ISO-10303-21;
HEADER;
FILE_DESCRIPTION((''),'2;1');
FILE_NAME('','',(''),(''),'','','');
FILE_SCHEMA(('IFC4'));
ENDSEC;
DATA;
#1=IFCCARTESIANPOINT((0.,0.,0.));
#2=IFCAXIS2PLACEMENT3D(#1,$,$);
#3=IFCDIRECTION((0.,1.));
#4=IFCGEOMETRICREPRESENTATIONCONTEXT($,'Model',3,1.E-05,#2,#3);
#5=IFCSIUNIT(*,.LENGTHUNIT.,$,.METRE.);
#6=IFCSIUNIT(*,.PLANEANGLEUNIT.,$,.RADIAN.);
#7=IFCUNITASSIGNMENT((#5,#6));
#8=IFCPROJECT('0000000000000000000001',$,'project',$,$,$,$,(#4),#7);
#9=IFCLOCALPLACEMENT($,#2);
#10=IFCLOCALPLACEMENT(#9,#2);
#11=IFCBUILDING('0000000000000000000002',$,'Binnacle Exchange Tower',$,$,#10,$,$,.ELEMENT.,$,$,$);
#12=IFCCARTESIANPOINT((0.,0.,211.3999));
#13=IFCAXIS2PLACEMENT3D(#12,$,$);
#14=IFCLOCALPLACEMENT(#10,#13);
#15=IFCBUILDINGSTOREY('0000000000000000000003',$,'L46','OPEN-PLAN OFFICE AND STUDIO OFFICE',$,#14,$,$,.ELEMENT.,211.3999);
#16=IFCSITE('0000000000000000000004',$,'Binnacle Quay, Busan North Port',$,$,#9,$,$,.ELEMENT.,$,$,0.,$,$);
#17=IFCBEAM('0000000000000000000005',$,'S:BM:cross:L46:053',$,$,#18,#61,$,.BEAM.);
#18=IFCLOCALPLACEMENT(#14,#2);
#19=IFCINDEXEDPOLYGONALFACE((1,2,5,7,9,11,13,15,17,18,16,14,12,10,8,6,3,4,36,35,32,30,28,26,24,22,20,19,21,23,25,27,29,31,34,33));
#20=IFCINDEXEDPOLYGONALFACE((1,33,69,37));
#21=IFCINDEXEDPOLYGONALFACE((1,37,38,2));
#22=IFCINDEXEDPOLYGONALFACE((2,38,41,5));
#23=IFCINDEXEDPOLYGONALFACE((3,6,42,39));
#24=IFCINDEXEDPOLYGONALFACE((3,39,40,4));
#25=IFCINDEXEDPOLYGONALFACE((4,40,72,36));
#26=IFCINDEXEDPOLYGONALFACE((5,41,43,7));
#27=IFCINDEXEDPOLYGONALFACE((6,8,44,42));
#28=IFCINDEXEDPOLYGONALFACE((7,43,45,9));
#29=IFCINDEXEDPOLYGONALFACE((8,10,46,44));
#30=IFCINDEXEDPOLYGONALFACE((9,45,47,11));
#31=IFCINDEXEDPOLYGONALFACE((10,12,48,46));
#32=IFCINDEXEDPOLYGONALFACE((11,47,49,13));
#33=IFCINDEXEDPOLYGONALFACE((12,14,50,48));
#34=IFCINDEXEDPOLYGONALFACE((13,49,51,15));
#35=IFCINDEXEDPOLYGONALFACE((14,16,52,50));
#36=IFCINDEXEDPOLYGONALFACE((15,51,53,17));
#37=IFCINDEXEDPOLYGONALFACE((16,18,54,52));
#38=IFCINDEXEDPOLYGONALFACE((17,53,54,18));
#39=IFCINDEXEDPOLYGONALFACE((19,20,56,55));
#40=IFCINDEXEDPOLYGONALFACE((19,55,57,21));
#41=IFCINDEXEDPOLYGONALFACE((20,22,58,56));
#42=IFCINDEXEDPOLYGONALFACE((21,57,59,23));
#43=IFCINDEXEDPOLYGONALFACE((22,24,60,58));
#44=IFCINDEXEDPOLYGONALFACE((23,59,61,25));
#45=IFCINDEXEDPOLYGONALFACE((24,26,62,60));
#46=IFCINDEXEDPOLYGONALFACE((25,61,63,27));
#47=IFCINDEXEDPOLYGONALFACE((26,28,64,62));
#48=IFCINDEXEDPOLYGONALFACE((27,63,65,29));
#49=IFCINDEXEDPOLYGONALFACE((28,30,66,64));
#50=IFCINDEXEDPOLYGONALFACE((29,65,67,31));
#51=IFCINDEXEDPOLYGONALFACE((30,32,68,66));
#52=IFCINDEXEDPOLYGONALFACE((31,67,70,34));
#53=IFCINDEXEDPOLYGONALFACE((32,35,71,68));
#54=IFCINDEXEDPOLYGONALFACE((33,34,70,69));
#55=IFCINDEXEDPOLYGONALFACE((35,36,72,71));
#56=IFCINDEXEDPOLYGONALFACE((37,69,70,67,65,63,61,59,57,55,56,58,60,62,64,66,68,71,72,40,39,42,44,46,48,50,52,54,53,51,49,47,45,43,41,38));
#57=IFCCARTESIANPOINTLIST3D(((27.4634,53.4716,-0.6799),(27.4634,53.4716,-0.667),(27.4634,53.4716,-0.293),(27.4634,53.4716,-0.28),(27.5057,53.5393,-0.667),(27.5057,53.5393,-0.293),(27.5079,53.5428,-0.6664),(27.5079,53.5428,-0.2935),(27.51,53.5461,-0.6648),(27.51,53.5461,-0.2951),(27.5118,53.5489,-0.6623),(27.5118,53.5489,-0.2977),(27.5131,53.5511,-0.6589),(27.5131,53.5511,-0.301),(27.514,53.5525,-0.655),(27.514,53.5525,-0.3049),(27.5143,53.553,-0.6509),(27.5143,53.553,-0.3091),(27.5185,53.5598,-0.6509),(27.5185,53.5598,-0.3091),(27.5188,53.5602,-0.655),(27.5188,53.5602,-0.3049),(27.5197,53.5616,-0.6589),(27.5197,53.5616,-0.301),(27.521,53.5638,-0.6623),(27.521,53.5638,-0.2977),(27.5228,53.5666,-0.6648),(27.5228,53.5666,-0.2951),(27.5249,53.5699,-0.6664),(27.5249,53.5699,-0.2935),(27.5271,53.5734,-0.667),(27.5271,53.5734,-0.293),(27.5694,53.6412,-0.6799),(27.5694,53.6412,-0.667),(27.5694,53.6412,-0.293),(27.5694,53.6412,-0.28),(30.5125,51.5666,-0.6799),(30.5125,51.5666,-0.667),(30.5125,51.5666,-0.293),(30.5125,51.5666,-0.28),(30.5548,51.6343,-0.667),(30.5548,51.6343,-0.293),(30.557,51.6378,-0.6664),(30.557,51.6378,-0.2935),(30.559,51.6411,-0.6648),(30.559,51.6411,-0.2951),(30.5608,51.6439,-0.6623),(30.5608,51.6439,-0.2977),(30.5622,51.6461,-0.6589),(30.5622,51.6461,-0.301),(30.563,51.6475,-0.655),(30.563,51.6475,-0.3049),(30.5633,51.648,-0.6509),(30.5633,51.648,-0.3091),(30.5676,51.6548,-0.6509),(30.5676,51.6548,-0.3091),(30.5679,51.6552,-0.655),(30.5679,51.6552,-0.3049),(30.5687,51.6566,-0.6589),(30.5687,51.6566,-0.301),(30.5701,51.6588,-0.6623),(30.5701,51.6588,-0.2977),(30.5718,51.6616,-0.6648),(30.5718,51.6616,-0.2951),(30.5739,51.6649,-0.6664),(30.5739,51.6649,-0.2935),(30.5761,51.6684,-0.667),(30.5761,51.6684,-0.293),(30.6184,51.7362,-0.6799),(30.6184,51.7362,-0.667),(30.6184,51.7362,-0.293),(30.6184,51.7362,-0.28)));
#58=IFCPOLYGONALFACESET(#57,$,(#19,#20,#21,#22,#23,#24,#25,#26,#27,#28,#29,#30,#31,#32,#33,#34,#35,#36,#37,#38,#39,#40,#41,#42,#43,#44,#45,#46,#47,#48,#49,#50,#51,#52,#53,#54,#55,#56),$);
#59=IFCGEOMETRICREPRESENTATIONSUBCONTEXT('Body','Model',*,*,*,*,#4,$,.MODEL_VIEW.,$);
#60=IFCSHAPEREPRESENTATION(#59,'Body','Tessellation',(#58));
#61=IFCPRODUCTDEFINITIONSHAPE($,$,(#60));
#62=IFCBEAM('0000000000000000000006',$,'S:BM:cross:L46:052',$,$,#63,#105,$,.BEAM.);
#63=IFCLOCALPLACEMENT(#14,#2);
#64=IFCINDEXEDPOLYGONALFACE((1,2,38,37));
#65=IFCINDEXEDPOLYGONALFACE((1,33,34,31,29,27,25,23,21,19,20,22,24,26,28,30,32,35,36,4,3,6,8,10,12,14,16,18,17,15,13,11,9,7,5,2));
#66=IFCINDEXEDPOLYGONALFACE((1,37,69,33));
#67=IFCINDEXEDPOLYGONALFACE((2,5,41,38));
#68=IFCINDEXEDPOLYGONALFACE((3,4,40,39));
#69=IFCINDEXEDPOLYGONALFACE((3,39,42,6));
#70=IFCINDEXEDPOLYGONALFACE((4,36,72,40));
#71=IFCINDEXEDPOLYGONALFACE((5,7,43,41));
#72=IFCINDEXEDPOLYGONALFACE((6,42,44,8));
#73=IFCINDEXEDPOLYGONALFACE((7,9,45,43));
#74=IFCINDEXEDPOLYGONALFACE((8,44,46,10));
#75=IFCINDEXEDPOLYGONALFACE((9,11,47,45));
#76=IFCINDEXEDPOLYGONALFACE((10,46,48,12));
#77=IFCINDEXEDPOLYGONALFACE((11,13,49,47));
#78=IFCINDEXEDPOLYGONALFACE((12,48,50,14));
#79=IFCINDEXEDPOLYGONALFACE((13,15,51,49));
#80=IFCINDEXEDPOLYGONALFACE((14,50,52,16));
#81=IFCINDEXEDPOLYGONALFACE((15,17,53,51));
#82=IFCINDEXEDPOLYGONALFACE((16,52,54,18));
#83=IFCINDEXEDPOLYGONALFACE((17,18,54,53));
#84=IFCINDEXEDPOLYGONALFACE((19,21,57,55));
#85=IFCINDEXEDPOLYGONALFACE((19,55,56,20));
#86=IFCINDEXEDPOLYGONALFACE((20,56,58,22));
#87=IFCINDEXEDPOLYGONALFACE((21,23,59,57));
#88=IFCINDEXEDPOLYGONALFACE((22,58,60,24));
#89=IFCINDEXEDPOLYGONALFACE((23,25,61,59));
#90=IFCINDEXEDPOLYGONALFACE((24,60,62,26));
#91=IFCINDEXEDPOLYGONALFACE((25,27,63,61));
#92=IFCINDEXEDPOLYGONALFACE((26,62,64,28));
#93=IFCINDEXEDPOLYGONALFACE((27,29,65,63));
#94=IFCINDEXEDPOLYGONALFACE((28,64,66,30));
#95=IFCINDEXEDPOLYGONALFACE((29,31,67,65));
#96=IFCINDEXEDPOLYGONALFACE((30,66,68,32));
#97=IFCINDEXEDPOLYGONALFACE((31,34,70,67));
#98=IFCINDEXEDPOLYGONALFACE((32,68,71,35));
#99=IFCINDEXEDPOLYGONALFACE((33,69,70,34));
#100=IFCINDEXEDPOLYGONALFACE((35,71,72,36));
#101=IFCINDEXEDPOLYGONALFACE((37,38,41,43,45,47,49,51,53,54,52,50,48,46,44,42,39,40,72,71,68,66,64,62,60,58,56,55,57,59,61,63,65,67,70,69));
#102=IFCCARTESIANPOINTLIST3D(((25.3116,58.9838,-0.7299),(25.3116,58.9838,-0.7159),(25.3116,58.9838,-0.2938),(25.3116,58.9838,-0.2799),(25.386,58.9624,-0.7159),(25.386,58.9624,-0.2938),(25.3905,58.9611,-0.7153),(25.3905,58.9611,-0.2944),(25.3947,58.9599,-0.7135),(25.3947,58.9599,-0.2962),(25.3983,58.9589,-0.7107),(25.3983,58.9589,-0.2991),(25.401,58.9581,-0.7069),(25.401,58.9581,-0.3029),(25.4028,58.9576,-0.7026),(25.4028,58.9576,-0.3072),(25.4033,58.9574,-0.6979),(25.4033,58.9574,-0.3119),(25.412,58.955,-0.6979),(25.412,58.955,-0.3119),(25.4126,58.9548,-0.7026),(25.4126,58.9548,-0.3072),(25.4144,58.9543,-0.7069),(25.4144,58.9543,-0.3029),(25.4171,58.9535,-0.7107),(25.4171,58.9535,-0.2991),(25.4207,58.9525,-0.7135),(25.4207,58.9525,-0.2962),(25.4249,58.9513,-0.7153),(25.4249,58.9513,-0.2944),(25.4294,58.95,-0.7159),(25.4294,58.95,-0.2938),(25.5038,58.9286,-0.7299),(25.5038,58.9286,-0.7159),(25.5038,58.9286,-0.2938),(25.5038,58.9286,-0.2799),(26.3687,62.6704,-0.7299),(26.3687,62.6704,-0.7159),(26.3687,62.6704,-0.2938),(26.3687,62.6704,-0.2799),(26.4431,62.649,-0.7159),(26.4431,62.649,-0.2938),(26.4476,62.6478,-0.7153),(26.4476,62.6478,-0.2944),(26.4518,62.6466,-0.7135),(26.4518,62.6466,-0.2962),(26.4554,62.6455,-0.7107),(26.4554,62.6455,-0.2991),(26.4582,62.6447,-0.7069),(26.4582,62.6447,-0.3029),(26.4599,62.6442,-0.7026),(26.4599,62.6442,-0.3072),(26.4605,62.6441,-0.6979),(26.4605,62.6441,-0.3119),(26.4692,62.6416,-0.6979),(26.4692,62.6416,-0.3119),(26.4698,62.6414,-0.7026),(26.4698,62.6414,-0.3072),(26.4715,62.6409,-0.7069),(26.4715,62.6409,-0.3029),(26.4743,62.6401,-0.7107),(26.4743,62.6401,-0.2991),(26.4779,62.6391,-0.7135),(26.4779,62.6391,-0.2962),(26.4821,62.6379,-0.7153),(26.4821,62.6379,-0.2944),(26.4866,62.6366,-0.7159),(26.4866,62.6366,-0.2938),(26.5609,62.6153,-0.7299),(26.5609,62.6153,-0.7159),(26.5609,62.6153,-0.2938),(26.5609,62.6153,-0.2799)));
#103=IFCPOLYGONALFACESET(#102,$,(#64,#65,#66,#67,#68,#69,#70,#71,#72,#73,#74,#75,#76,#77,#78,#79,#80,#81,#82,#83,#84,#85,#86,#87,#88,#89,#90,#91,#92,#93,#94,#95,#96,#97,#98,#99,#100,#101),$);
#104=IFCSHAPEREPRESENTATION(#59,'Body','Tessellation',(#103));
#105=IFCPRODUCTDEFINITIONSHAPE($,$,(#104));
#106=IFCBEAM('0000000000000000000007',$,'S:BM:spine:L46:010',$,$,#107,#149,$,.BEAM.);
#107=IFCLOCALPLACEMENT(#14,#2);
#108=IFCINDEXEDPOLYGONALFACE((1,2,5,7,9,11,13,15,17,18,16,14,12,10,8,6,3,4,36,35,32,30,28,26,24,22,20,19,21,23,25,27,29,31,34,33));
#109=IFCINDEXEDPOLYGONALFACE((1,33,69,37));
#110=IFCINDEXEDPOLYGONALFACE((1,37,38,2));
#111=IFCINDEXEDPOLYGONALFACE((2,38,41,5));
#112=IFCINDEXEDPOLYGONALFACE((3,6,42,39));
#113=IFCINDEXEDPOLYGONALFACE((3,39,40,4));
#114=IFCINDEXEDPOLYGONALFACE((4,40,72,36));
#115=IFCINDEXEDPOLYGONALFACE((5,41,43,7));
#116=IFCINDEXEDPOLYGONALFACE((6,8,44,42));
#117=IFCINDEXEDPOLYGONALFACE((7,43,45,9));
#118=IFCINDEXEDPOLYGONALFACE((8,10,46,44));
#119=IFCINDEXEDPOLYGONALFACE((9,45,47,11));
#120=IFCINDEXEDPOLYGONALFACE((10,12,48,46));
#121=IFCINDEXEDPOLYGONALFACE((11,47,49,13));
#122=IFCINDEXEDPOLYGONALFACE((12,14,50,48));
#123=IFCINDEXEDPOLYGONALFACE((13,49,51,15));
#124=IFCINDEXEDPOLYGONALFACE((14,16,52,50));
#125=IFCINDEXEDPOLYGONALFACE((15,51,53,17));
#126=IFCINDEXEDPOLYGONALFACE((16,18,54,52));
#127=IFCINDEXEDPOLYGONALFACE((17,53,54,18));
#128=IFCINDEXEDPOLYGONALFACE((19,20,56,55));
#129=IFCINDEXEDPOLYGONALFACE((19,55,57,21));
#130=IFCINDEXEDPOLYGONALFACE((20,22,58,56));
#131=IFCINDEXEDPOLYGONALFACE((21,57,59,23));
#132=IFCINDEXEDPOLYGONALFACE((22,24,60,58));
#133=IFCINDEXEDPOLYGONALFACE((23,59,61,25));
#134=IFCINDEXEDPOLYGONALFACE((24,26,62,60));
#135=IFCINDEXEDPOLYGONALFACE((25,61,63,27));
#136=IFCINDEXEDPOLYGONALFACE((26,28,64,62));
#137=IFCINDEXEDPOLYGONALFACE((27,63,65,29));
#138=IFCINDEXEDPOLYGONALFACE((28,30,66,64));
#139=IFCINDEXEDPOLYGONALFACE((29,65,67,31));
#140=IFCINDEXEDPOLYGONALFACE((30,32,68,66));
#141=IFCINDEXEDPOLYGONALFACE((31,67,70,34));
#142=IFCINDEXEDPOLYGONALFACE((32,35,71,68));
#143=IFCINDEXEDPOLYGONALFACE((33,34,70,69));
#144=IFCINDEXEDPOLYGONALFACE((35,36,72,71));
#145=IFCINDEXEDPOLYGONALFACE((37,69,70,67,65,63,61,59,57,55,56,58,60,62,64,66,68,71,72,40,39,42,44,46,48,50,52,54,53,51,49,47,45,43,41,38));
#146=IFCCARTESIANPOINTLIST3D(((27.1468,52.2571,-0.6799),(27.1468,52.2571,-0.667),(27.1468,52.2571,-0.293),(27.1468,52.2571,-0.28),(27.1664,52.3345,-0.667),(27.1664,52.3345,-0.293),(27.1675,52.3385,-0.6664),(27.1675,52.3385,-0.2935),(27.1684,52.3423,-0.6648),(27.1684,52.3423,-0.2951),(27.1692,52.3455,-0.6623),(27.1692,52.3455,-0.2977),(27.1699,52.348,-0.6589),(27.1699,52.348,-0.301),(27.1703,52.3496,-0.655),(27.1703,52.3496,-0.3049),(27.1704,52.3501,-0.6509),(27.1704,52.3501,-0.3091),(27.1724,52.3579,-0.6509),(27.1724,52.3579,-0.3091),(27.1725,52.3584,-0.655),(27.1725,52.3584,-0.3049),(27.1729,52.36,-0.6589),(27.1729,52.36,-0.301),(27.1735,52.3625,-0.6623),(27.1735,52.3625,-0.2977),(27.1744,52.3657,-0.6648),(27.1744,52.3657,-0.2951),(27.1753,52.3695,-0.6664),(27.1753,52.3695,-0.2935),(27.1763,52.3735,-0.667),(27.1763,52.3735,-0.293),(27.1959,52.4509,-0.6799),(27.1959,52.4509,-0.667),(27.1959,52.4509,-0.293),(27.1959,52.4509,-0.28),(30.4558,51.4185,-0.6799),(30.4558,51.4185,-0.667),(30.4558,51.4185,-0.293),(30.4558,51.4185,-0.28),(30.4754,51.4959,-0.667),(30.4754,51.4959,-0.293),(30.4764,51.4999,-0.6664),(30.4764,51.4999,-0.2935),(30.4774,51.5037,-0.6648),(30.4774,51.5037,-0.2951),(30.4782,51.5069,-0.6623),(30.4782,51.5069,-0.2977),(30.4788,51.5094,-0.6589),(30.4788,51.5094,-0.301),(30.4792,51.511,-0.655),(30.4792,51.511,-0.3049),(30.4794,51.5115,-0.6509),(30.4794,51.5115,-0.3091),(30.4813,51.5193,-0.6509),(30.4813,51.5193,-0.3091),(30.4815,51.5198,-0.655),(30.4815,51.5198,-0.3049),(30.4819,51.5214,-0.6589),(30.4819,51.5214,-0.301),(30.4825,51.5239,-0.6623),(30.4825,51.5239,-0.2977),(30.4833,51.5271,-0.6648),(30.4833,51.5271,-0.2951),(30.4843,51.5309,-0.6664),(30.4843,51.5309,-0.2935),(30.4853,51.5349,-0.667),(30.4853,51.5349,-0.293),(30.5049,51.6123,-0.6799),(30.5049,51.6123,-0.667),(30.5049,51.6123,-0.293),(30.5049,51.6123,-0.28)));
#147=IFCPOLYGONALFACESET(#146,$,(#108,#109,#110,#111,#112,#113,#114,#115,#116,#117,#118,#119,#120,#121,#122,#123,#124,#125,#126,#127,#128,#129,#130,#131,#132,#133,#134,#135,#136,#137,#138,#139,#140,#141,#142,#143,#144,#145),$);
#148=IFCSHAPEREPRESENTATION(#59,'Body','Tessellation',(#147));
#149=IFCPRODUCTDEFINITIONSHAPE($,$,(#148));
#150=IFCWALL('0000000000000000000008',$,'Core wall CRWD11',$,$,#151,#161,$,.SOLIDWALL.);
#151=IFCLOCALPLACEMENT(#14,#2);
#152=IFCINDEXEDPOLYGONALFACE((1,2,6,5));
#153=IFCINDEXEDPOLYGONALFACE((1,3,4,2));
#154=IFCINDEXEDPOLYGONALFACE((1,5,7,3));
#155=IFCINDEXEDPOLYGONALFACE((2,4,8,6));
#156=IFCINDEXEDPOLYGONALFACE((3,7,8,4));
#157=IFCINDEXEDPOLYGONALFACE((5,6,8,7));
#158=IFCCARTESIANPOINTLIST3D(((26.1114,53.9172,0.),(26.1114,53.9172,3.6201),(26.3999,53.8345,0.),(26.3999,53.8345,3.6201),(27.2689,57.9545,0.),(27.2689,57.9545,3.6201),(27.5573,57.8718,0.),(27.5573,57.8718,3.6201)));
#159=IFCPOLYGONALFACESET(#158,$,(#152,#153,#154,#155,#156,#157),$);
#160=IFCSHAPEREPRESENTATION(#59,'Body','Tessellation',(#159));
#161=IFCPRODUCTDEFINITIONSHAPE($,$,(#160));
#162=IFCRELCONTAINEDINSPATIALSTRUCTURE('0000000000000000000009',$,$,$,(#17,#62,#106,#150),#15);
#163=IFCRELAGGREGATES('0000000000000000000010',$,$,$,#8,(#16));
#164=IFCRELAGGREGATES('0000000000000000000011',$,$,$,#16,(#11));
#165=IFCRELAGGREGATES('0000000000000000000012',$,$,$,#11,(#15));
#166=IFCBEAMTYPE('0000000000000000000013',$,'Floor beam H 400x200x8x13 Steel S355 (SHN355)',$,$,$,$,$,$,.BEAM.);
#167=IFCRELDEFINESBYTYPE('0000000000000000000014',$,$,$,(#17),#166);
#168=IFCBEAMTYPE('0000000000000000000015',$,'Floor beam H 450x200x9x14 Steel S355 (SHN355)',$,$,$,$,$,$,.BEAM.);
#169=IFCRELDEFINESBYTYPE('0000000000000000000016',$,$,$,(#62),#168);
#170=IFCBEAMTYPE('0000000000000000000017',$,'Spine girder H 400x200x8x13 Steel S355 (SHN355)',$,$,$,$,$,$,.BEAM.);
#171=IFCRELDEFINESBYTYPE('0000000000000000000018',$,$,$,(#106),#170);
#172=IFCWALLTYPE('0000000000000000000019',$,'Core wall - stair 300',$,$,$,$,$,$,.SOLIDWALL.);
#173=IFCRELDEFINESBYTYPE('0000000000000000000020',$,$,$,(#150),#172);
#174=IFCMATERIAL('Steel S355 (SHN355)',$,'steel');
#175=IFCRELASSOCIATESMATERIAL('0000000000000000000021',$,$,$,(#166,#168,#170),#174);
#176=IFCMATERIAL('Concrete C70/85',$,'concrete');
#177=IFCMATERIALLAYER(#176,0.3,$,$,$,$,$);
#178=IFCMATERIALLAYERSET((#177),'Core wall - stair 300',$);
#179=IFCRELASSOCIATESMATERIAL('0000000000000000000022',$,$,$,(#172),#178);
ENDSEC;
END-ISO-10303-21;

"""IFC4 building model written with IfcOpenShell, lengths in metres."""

from ifc_helpers import new_model, si_unit, direction, frame, frame_2d, origin, origin_2d, place, context, subcontext, project, spatial, rectangle, i_section, extrude, material, layer, layer_set, material_profile, profile_set, type_object, element, save


model = new_model("IFC4")

# Units and contexts
model_context = context("Model", 3, precision=1e-05, world=origin(), true_north=direction((0.0, 1.0)))
body_context = subcontext(model_context, "Body", "Model", "MODEL_VIEW")
ifc_project = project(units=[si_unit("LENGTHUNIT", "METRE"), si_unit("PLANEANGLEUNIT", "RADIAN")], contexts=[model_context])

# Site, building, storey
site_placement = place(None, origin())
site = spatial("IfcSite", under=ifc_project, at=site_placement, Name="Binnacle Quay, Busan North Port", CompositionType="ELEMENT", RefElevation=0.0)
building_placement = place(site_placement, origin())
building = spatial("IfcBuilding", under=site, at=building_placement, Name="Binnacle Exchange Tower", CompositionType="ELEMENT")
storey_placement = place(building_placement, frame((0.0, 0.0, 211.3999)))
storey = spatial("IfcBuildingStorey", under=building, at=storey_placement, Name="L46", Description="OPEN-PLAN OFFICE AND STUDIO OFFICE", CompositionType="ELEMENT", Elevation=211.3999)

# Beams
ifc_material_1 = material(Name="Steel S355 (SHN355)", Category="steel")
ifc_material_profile_1 = material_profile(ifc_material_1, i_section(OverallWidth=0.2, OverallDepth=0.3999, WebThickness=0.0081, FlangeThickness=0.0129, FilletRadius=0.0161, at=origin_2d()), Name="H 400x200x8x13")
ifc_profile_set_1 = profile_set([ifc_material_profile_1], Name="Steel S355 (SHN355)")
beam_type_1 = type_object("IfcBeamType", Name="Floor beam H 400x200x8x13 Steel S355 (SHN355)", PredefinedType="BEAM", material=ifc_profile_set_1)
beam_1_placement = place(storey_placement, frame((30.5654, 51.6514, -0.48), z_axis=(-0.848078, 0.529871, 0.0), x_axis=(-0.529871, -0.848078, 0.0)))
element("IfcBeam", 1, at=beam_1_placement, inside=storey, type_object=beam_type_1, Name="S:BM:cross:L46:053", PredefinedType="BEAM", context=body_context, shape_type="SweptSolid", body=[
    extrude(i_section(OverallWidth=0.2, OverallDepth=0.3999, WebThickness=0.0081, FlangeThickness=0.0129, FilletRadius=0.0161, at=origin_2d()), origin(), (0.0, 0.0, 1.0), 3.5952),
])
ifc_material_profile_2 = material_profile(ifc_material_1, i_section(OverallWidth=0.2, OverallDepth=0.45, WebThickness=0.009, FlangeThickness=0.0139, FilletRadius=0.0181, at=origin_2d()), Name="H 450x200x9x14")
ifc_profile_set_2 = profile_set([ifc_material_profile_2], Name="Steel S355 (SHN355)")
beam_type_2 = type_object("IfcBeamType", Name="Floor beam H 450x200x9x14 Steel S355 (SHN355)", PredefinedType="BEAM", material=ifc_profile_set_2)
beam_2_placement = place(storey_placement, frame((26.4648, 62.6428, -0.5049), z_axis=(-0.275646, -0.961259, 0.0), x_axis=(0.961259, -0.275646, 0.0)))
element("IfcBeam", 2, at=beam_2_placement, inside=storey, type_object=beam_type_2, Name="S:BM:cross:L46:052", PredefinedType="BEAM", context=body_context, shape_type="SweptSolid", body=[
    extrude(i_section(OverallWidth=0.2, OverallDepth=0.45, WebThickness=0.009, FlangeThickness=0.0139, FilletRadius=0.0181, at=origin_2d()), origin(), (0.0, 0.0, 1.0), 3.8352),
])
ifc_material_profile_3 = material_profile(ifc_material_1, i_section(OverallWidth=0.2, OverallDepth=0.3999, WebThickness=0.0081, FlangeThickness=0.0129, FilletRadius=0.0161, at=origin_2d()), Name="H 400x200x8x13")
ifc_profile_set_3 = profile_set([ifc_material_profile_3], Name="Steel S355 (SHN355)")
beam_type_3 = type_object("IfcBeamType", Name="Spine girder H 400x200x8x13 Steel S355 (SHN355)", PredefinedType="BEAM", material=ifc_profile_set_3)
beam_3_placement = place(storey_placement, frame((27.1714, 52.354, -0.48), z_axis=(0.969355, -0.245664, 0.0), x_axis=(0.245664, 0.969355, 0.0)))
element("IfcBeam", 3, at=beam_3_placement, inside=storey, type_object=beam_type_3, Name="S:BM:spine:L46:010", PredefinedType="BEAM", context=body_context, shape_type="SweptSolid", body=[
    extrude(i_section(OverallWidth=0.2, OverallDepth=0.3999, WebThickness=0.0081, FlangeThickness=0.0129, FilletRadius=0.0161, at=origin_2d()), origin(), (0.0, 0.0, 1.0), 3.4136),
])

# Wall
ifc_material_2 = material(Name="Concrete C70/85", Category="concrete")
ifc_layer_1 = layer(ifc_material_2, 0.3)
ifc_layer_set_1 = layer_set([ifc_layer_1], Name="Core wall - stair 300")
wall_type_1 = type_object("IfcWallType", Name="Core wall - stair 300", PredefinedType="SOLIDWALL", material=ifc_layer_set_1)
wall_1_placement = place(storey_placement, frame((26.2556, 53.8757, 0.0), z_axis=(0.0, 0.0, 1.0), x_axis=(0.275589, 0.961276, 0.0)))
element("IfcWall", 4, at=wall_1_placement, inside=storey, type_object=wall_type_1, Name="Core wall CRWD11", PredefinedType="SOLIDWALL", context=body_context, shape_type="SweptSolid", body=[
    extrude(rectangle(XDim=4.2, YDim=0.3, at=frame_2d((2.1001, 0.0))), origin(), (0.0, 0.0, 1.0), 3.6201),
])

save(model, "model.ifc")
